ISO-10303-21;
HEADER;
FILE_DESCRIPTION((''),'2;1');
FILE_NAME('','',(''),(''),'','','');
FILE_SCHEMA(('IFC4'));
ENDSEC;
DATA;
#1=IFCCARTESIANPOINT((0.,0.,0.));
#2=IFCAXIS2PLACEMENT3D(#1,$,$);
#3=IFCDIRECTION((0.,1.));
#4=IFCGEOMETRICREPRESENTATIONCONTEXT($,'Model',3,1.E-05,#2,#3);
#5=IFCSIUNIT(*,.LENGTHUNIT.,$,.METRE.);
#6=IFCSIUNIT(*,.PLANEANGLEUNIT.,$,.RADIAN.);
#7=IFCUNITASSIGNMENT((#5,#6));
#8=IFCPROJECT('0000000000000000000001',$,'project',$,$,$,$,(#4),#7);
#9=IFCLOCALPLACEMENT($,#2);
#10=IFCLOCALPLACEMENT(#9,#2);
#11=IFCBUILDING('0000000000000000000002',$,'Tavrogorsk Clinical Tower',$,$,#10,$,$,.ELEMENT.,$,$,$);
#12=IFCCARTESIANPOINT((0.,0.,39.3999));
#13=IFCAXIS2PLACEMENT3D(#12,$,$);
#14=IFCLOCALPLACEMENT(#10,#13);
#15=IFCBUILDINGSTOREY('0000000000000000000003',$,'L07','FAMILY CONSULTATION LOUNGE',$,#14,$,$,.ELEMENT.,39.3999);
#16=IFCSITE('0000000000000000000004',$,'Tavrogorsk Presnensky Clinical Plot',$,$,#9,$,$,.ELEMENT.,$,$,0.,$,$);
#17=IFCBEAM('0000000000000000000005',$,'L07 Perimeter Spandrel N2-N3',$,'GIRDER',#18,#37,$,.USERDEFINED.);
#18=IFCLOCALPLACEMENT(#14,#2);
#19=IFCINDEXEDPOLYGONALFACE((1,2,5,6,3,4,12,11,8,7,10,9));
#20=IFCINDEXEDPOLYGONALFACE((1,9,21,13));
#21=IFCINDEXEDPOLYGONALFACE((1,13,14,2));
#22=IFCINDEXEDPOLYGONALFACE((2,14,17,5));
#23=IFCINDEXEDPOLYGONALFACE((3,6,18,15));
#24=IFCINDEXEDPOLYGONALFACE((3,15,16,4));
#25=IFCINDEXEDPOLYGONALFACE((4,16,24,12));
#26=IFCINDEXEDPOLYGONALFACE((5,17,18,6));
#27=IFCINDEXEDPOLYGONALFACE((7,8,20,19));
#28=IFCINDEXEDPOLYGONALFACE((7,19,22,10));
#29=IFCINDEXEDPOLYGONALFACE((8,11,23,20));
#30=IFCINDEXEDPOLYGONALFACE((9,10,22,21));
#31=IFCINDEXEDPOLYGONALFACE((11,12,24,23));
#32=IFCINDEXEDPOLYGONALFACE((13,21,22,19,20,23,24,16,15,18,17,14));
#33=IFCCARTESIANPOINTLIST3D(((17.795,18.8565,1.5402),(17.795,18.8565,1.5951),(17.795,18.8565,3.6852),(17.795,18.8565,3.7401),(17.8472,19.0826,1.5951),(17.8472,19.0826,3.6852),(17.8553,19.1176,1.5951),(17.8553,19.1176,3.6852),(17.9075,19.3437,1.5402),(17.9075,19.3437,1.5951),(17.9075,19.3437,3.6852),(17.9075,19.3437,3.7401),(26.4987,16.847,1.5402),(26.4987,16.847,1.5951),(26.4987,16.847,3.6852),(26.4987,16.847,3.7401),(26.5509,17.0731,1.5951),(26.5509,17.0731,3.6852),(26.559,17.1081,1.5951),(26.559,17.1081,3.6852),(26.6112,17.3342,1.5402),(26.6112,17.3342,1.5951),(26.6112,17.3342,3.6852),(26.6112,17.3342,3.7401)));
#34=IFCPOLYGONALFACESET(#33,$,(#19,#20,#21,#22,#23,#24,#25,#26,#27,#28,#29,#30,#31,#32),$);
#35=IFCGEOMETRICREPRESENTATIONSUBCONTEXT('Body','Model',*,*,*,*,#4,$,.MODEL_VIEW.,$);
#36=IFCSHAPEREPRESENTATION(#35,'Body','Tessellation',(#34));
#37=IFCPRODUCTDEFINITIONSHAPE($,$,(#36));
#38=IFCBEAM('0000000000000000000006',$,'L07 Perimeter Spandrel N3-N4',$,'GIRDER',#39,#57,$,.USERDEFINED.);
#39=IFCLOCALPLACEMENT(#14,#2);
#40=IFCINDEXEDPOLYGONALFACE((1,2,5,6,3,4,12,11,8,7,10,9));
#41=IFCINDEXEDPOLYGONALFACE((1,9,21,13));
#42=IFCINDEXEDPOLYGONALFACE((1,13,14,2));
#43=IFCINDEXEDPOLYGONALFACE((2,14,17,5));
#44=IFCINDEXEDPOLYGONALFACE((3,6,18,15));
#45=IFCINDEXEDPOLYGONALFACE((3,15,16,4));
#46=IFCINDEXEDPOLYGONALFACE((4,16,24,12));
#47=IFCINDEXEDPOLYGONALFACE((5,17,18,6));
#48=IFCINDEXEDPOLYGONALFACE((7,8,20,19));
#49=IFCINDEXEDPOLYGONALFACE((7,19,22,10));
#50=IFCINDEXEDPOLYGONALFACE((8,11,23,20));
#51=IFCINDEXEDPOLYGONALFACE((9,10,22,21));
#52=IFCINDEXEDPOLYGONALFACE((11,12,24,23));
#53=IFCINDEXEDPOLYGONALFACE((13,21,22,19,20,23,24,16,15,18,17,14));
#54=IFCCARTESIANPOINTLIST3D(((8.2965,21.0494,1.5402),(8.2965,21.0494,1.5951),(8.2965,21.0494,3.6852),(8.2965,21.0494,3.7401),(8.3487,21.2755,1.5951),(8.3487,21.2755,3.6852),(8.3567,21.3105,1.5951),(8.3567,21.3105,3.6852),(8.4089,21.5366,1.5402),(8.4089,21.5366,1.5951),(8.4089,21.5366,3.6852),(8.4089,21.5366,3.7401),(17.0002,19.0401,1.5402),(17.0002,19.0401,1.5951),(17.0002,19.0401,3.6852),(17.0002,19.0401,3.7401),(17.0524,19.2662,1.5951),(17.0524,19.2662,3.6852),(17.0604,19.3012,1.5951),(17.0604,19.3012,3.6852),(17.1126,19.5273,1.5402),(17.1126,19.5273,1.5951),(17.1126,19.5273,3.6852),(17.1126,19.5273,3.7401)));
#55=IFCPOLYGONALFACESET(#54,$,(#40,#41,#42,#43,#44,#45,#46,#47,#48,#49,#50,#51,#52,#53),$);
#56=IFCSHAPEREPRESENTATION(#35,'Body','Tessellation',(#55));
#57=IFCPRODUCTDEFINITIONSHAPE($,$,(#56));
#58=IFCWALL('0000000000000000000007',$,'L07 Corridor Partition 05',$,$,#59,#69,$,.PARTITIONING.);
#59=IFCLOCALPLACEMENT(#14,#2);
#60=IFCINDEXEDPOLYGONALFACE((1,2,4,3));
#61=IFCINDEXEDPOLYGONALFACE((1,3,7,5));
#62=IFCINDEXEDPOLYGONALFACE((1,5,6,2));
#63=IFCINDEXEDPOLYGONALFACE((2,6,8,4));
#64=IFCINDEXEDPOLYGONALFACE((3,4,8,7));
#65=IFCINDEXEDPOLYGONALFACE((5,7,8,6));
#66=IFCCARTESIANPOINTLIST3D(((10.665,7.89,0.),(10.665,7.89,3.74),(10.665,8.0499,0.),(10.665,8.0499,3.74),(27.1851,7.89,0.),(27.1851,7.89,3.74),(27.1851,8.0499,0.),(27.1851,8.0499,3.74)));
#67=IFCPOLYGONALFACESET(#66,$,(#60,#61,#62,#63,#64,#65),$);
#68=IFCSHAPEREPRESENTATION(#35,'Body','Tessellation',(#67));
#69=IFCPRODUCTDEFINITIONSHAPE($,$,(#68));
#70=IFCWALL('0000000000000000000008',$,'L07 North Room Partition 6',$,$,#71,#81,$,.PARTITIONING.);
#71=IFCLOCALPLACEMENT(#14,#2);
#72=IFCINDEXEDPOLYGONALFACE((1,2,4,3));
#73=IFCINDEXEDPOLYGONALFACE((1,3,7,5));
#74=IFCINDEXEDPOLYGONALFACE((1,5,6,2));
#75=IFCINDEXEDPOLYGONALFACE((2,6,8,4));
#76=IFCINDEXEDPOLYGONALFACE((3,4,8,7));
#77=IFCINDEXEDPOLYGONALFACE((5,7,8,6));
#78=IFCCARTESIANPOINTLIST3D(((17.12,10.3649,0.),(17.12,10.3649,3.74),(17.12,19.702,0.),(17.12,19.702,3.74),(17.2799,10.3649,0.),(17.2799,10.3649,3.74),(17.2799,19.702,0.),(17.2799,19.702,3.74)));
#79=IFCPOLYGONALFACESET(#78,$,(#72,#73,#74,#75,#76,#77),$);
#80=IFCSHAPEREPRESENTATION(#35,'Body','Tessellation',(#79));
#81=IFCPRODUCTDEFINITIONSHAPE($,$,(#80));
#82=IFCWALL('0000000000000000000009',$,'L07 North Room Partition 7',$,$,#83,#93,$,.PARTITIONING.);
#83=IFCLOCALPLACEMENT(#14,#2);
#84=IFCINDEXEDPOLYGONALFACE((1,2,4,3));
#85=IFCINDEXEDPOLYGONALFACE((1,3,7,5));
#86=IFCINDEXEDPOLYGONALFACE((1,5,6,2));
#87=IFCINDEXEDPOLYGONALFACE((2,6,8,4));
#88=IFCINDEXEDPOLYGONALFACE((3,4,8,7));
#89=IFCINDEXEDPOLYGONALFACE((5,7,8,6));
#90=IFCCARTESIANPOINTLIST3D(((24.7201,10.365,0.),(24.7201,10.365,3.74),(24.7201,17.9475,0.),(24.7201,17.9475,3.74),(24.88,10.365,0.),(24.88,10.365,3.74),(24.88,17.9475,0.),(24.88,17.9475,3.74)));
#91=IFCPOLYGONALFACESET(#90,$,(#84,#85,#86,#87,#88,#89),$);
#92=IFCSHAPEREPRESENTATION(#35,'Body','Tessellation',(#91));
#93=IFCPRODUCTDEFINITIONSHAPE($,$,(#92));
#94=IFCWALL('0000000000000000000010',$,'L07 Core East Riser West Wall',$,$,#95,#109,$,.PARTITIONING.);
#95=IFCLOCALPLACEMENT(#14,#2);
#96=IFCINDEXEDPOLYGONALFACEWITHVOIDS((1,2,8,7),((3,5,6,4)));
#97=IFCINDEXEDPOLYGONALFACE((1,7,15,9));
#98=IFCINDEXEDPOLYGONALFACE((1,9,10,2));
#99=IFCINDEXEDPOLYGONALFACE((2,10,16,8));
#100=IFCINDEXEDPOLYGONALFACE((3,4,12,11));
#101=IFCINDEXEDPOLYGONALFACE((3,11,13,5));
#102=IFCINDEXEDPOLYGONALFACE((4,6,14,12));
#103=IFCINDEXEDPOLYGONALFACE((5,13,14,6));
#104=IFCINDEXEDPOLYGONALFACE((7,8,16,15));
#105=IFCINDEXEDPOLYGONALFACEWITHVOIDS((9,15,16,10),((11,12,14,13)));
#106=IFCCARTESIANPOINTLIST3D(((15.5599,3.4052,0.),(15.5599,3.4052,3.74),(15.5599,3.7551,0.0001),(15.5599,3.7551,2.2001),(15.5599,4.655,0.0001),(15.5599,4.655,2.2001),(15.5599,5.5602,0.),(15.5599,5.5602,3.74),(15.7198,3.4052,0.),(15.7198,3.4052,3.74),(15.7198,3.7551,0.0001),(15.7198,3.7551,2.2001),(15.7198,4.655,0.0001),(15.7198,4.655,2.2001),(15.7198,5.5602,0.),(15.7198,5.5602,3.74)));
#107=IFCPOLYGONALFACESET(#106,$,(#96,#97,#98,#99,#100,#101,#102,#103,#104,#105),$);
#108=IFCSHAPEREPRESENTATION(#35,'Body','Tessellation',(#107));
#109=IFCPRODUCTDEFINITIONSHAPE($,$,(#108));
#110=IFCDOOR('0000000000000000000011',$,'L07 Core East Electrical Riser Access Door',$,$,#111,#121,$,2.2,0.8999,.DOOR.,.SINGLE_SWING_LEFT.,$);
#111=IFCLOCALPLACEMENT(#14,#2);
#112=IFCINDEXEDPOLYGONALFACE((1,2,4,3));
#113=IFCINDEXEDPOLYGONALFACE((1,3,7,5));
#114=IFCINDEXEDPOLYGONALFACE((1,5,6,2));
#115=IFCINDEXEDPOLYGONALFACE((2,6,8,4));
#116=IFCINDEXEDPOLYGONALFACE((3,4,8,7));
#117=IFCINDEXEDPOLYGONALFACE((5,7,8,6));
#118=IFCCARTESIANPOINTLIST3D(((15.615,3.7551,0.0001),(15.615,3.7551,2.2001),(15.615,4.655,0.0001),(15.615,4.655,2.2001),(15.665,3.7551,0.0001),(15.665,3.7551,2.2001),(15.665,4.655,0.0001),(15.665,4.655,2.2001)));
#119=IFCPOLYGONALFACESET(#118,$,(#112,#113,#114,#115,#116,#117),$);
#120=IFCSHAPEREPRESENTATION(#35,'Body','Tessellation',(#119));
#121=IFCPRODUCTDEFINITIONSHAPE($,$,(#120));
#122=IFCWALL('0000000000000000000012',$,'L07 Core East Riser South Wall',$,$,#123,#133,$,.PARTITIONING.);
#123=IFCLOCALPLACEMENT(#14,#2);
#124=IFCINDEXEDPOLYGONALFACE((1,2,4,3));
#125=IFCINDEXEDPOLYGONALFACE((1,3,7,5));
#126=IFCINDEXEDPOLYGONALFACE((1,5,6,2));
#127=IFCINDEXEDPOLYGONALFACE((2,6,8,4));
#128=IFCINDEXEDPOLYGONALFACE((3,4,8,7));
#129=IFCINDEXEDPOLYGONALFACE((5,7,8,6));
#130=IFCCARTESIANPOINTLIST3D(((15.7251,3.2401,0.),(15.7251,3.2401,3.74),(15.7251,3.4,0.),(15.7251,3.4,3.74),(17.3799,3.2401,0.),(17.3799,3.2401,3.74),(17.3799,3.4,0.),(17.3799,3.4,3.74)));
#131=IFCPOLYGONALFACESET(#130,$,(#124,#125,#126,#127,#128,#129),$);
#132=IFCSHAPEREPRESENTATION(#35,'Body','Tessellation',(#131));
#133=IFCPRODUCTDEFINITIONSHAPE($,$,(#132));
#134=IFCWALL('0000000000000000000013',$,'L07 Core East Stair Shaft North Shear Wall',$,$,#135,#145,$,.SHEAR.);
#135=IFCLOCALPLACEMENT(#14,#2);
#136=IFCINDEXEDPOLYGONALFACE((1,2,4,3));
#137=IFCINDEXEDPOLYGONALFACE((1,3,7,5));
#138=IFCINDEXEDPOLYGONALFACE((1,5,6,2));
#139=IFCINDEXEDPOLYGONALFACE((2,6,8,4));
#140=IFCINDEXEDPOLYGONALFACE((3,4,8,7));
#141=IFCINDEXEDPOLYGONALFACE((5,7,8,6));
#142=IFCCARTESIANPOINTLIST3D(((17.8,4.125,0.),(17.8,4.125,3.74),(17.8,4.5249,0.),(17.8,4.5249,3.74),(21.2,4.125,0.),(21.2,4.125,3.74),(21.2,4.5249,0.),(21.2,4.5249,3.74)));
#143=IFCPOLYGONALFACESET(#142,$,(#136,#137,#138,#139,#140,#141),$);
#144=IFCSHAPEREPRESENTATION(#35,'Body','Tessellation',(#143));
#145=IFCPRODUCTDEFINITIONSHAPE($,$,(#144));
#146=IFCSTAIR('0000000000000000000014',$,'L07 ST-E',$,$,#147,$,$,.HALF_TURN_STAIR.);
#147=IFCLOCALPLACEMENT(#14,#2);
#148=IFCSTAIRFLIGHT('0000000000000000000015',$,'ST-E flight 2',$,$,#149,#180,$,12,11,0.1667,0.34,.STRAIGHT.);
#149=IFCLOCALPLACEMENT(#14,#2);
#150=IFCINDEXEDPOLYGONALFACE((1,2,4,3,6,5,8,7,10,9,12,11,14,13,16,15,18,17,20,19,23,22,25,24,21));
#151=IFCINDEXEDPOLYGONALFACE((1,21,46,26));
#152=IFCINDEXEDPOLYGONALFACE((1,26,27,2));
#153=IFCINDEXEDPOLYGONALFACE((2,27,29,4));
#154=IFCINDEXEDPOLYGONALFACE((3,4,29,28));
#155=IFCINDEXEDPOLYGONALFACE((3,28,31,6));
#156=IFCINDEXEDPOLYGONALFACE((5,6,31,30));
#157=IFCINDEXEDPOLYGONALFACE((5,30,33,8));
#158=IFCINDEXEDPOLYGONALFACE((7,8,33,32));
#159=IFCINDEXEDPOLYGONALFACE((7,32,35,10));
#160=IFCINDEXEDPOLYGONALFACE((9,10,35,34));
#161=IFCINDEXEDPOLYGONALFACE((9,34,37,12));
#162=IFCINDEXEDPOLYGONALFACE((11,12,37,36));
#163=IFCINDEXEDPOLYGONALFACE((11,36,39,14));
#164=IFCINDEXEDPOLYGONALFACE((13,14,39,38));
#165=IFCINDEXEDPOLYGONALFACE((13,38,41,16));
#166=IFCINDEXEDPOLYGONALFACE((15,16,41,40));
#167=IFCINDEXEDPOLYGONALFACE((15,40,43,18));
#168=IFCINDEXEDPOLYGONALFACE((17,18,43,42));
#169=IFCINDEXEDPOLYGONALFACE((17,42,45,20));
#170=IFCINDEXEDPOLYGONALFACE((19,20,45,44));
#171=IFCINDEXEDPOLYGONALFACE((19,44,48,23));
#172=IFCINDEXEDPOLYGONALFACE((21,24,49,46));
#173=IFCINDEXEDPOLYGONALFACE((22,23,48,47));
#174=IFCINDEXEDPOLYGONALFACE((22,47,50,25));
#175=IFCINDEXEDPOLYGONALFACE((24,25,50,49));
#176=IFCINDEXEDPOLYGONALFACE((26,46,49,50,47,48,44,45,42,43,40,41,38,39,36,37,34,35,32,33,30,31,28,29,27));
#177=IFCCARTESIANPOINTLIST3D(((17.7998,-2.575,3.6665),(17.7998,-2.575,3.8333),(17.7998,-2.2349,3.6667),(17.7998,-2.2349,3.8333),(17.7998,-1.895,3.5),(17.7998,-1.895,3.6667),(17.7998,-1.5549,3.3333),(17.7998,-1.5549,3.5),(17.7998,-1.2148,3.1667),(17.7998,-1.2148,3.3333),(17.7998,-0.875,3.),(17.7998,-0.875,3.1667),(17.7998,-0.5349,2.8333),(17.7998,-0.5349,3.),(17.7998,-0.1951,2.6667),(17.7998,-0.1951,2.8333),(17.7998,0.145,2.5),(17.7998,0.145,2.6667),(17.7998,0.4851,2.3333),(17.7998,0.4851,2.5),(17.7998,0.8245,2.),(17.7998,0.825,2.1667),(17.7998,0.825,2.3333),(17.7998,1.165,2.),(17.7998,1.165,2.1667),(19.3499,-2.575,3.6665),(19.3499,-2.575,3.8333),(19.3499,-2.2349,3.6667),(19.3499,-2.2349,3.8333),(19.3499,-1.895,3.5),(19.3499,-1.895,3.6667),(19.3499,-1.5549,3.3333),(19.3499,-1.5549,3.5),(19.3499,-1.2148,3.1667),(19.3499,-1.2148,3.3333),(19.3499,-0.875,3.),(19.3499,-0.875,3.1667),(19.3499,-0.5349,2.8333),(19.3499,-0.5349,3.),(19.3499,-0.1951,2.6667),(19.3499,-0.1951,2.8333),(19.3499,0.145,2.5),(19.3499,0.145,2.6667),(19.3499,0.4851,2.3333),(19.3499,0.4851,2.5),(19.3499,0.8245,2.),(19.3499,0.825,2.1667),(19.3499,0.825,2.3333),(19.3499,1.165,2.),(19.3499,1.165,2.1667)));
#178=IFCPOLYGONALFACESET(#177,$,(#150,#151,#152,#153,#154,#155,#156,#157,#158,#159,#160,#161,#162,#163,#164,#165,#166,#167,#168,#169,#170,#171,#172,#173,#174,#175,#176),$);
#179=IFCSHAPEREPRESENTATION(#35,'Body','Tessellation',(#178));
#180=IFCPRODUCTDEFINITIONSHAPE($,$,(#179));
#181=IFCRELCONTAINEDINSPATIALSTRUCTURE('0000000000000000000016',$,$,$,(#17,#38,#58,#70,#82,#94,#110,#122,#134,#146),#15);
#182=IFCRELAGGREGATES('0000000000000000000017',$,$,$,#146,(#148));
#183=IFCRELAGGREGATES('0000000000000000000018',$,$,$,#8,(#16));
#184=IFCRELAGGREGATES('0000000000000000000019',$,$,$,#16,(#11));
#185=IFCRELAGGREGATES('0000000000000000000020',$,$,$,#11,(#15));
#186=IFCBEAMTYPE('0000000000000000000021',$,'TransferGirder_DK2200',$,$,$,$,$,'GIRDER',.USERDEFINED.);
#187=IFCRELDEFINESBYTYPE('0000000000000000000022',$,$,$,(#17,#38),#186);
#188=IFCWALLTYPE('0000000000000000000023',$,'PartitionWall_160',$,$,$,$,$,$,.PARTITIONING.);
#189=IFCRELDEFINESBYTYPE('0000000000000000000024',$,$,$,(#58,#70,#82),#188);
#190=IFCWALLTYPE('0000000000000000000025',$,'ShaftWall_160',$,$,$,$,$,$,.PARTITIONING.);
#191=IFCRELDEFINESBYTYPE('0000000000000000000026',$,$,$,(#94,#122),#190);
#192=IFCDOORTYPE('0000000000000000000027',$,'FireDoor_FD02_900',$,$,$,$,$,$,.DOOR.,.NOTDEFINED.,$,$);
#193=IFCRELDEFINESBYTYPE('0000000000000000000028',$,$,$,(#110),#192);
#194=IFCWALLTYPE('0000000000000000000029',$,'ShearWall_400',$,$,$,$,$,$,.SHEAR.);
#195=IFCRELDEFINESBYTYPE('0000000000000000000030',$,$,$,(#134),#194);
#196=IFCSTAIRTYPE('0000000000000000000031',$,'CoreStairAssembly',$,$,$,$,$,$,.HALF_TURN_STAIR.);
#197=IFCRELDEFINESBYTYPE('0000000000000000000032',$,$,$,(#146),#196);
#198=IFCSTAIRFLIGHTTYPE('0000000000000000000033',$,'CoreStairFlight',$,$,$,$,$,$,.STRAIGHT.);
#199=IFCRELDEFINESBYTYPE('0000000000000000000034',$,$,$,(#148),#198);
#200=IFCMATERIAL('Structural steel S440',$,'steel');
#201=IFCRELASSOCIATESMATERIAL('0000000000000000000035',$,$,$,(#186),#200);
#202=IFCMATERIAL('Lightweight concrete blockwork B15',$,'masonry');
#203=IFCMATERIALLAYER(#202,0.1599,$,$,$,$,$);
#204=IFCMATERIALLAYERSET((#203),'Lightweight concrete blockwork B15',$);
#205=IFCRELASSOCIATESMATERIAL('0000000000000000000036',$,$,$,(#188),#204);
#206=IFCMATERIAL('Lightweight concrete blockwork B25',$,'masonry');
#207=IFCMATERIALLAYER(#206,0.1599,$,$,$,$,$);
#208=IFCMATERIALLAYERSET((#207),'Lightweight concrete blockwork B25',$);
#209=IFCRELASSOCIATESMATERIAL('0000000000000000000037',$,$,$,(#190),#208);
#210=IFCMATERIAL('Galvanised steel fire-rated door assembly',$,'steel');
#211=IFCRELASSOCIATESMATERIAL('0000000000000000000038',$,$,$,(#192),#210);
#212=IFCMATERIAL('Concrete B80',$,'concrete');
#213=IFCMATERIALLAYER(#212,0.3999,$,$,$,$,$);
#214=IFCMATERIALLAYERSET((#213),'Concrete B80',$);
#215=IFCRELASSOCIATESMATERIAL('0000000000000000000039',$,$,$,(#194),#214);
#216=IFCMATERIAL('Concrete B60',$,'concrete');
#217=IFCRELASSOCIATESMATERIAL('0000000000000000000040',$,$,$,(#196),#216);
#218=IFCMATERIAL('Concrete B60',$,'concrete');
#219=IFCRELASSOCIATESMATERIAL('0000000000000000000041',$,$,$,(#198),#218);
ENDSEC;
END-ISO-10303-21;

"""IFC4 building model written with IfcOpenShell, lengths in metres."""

from ifc_helpers import new_model, si_unit, direction, frame, frame_2d, origin, origin_2d, place, context, subcontext, project, spatial, polyline, rectangle, i_section, outline, extrude, material, layer, layer_set, material_profile, profile_set, type_object, element, fill, aggregate, save


model = new_model("IFC4")

# Units and contexts
model_context = context("Model", 3, precision=1e-05, world=origin(), true_north=direction((0.0, 1.0)))
body_context = subcontext(model_context, "Body", "Model", "MODEL_VIEW")
ifc_project = project(units=[si_unit("LENGTHUNIT", "METRE"), si_unit("PLANEANGLEUNIT", "RADIAN")], contexts=[model_context])

# Site, building, storey
site_placement = place(None, origin())
site = spatial("IfcSite", under=ifc_project, at=site_placement, Name="Tavrogorsk Presnensky Clinical Plot", CompositionType="ELEMENT", RefElevation=0.0)
building_placement = place(site_placement, origin())
building = spatial("IfcBuilding", under=site, at=building_placement, Name="Tavrogorsk Clinical Tower", CompositionType="ELEMENT")
storey_placement = place(building_placement, frame((0.0, 0.0, 39.3999)))
storey = spatial("IfcBuildingStorey", under=building, at=storey_placement, Name="L07", Description="FAMILY CONSULTATION LOUNGE", CompositionType="ELEMENT", Elevation=39.3999)

# Beams
ifc_material_1 = material(Name="Structural steel S440", Category="steel")
ifc_material_profile_1 = material_profile(ifc_material_1, i_section(OverallWidth=0.5, OverallDepth=2.2, WebThickness=0.0359, FlangeThickness=0.0549, at=origin_2d()), Name="DK-2200x500x36x55")
ifc_profile_set_1 = profile_set([ifc_material_profile_1], Name="Structural steel S440")
beam_type_1 = type_object("IfcBeamType", Name="TransferGirder_DK2200", ElementType="GIRDER", PredefinedType="USERDEFINED", material=ifc_profile_set_1)
for number, where, z_axis, x_axis, name in (
    (1, (26.5549, 17.0906, 2.6401), (-0.974367, 0.224965, 0.0), (-0.224965, -0.974367, 0.0), "L07 Perimeter Spandrel N2-N3"),
    (2, (17.0564, 19.2837, 2.6401), (-0.974373, 0.224939, 0.0), (-0.224939, -0.974373, 0.0), "L07 Perimeter Spandrel N3-N4"),
):
    element("IfcBeam", number, at=place(storey_placement, frame(where, z_axis=z_axis, x_axis=x_axis)), inside=storey, type_object=beam_type_1, Name=name, ObjectType="GIRDER", PredefinedType="USERDEFINED", context=body_context, shape_type="SweptSolid", body=[
        extrude(i_section(OverallWidth=0.5, OverallDepth=2.2, WebThickness=0.0359, FlangeThickness=0.0549, at=origin_2d()), origin(), (0.0, 0.0, 1.0), 8.9326),
    ])

# Walls
ifc_material_2 = material(Name="Lightweight concrete blockwork B15", Category="masonry")
ifc_layer_1 = layer(ifc_material_2, 0.1599)
ifc_layer_set_1 = layer_set([ifc_layer_1], Name="Lightweight concrete blockwork B15")
wall_type_1 = type_object("IfcWallType", Name="PartitionWall_160", PredefinedType="PARTITIONING", material=ifc_layer_set_1)
wall_1_placement = place(storey_placement, frame((27.1851, 7.97, 0.0), z_axis=(0.0, 0.0, 1.0), x_axis=(-1.0, 0.0, 0.0)))
element("IfcWall", 3, at=wall_1_placement, inside=storey, type_object=wall_type_1, Name="L07 Corridor Partition 05", PredefinedType="PARTITIONING", context=body_context, shape_type="SweptSolid", body=[
    extrude(rectangle(XDim=16.52, YDim=0.1599, at=frame_2d((8.26, 0.0))), origin(), (0.0, 0.0, 1.0), 3.74),
])
wall_2_placement = place(storey_placement, frame((17.2, 10.365, 0.0), z_axis=(0.0, 0.0, 1.0), x_axis=(0.0, 1.0, 0.0)))
element("IfcWall", 4, at=wall_2_placement, inside=storey, type_object=wall_type_1, Name="L07 North Room Partition 6", PredefinedType="PARTITIONING", context=body_context, shape_type="SweptSolid", body=[
    extrude(rectangle(XDim=9.3372, YDim=0.1599, at=frame_2d((4.6685, 0.0))), origin(), (0.0, 0.0, 1.0), 3.74),
])
wall_3_placement = place(storey_placement, frame((24.8, 10.365, 0.0), z_axis=(0.0, 0.0, 1.0), x_axis=(0.0, 1.0, 0.0)))
element("IfcWall", 5, at=wall_3_placement, inside=storey, type_object=wall_type_1, Name="L07 North Room Partition 7", PredefinedType="PARTITIONING", context=body_context, shape_type="SweptSolid", body=[
    extrude(rectangle(XDim=7.5825, YDim=0.1599, at=frame_2d((3.7913, 0.0))), origin(), (0.0, 0.0, 1.0), 3.74),
])

# Wall, opening, door
ifc_material_3 = material(Name="Lightweight concrete blockwork B25", Category="masonry")
ifc_layer_2 = layer(ifc_material_3, 0.1599)
ifc_layer_set_2 = layer_set([ifc_layer_2], Name="Lightweight concrete blockwork B25")
wall_type_2 = type_object("IfcWallType", Name="ShaftWall_160", PredefinedType="PARTITIONING", material=ifc_layer_set_2)
wall_4_placement = place(storey_placement, frame((15.6399, 3.405, 0.0), z_axis=(0.0, 0.0, 1.0), x_axis=(0.0, 1.0, 0.0)))
wall_4 = element("IfcWall", 6, at=wall_4_placement, inside=storey, type_object=wall_type_2, Name="L07 Core East Riser West Wall", PredefinedType="PARTITIONING", context=body_context, shape_type="SweptSolid", body=[
    extrude(rectangle(XDim=2.155, YDim=0.1599, at=frame_2d((1.0776, 0.0))), origin(), (0.0, 0.0, 1.0), 3.74),
])
opening_placement = place(wall_4_placement, frame((0.3501, 0.0, 0.0)))
opening = element("IfcOpeningElement", 7, at=opening_placement, cuts=wall_4, PredefinedType="OPENING", context=body_context, shape_type="SweptSolid", body=[
    extrude(rectangle(XDim=0.8999, YDim=2.2, at=frame_2d((0.45, 1.1001))), frame((0.0, 0.0898, 0.0), z_axis=(0.0, -1.0, 0.0), x_axis=(1.0, 0.0, 0.0)), (0.0, 0.0, 1.0), 0.1799),
])
ifc_material_4 = material(Name="Galvanised steel fire-rated door assembly", Category="steel")
door_type = type_object("IfcDoorType", Name="FireDoor_FD02_900", OperationType="NOTDEFINED", PredefinedType="DOOR", material=ifc_material_4)
door_placement = place(opening_placement, origin())
door = element("IfcDoor", 8, at=door_placement, inside=storey, type_object=door_type, Name="L07 Core East Electrical Riser Access Door", OperationType="SINGLE_SWING_LEFT", OverallHeight=2.2, OverallWidth=0.8999, PredefinedType="DOOR", context=body_context, shape_type="SweptSolid", body=[
    extrude(rectangle(XDim=0.8999, YDim=2.2, at=frame_2d((0.45, 1.1001))), frame((0.0, 0.0249, 0.0), z_axis=(0.0, -1.0, 0.0), x_axis=(1.0, 0.0, 0.0)), (0.0, 0.0, 1.0), 0.05),
])
fill(opening, door)

# Walls
wall_5_placement = place(storey_placement, frame((15.7251, 3.3201, 0.0), z_axis=(0.0, 0.0, 1.0), x_axis=(1.0, 0.0, 0.0)))
element("IfcWall", 9, at=wall_5_placement, inside=storey, type_object=wall_type_2, Name="L07 Core East Riser South Wall", PredefinedType="PARTITIONING", context=body_context, shape_type="SweptSolid", body=[
    extrude(rectangle(XDim=1.6548, YDim=0.1599, at=frame_2d((0.8274, 0.0))), origin(), (0.0, 0.0, 1.0), 3.74),
])
ifc_material_5 = material(Name="Concrete B80", Category="concrete")
ifc_layer_3 = layer(ifc_material_5, 0.3999)
ifc_layer_set_3 = layer_set([ifc_layer_3], Name="Concrete B80")
wall_type_3 = type_object("IfcWallType", Name="ShearWall_400", PredefinedType="SHEAR", material=ifc_layer_set_3)
wall_6_placement = place(storey_placement, frame((17.8, 4.325, 0.0), z_axis=(0.0, 0.0, 1.0), x_axis=(1.0, 0.0, 0.0)))
element("IfcWall", 10, at=wall_6_placement, inside=storey, type_object=wall_type_3, Name="L07 Core East Stair Shaft North Shear Wall", PredefinedType="SHEAR", context=body_context, shape_type="SweptSolid", body=[
    extrude(rectangle(XDim=3.3999, YDim=0.3999, at=frame_2d((1.7, 0.0))), origin(), (0.0, 0.0, 1.0), 3.74),
])

# Stair, stair flight
ifc_material_6 = material(Name="Concrete B60", Category="concrete")
stair_type = type_object("IfcStairType", Name="CoreStairAssembly", PredefinedType="HALF_TURN_STAIR", material=ifc_material_6)
stair_placement = place(storey_placement, origin())
stair = element("IfcStair", 11, at=stair_placement, inside=storey, type_object=stair_type, Name="L07 ST-E", PredefinedType="HALF_TURN_STAIR")
ifc_material_7 = material(Name="Concrete B60", Category="concrete")
stair_flight_type = type_object("IfcStairFlightType", Name="CoreStairFlight", PredefinedType="STRAIGHT", material=ifc_material_7)
stair_flight_placement = place(storey_placement, frame((18.575, 1.165, 2.0), z_axis=(0.0, 0.0, 1.0), x_axis=(0.0, -1.0, 0.0)))
stair_flight = element("IfcStairFlight", 12, at=stair_flight_placement, type_object=stair_flight_type, Name="ST-E flight 2", NumberOfRisers=12, NumberOfTreads=11, PredefinedType="STRAIGHT", RiserHeight=0.1667, TreadLength=0.34, context=body_context, shape_type="SweptSolid", body=[
    extrude(outline(polyline([(0.0, 0.0), (0.0, 0.1667), (0.3401, 0.1667), (0.3401, 0.3333), (0.6799, 0.3333), (0.6799, 0.5), (1.02, 0.5), (1.02, 0.6667), (1.3601, 0.6667), (1.3601, 0.8333), (1.7, 0.8333), (1.7, 1.0), (2.04, 1.0), (2.04, 1.1667), (2.3799, 1.1667), (2.3799, 1.3333), (2.72, 1.3333), (2.72, 1.5), (3.0601, 1.5), (3.0601, 1.6667), (3.3999, 1.6667), (3.3999, 1.8333), (3.74, 1.8333), (3.74, 2.0), (3.74, 1.6665), (0.3406, 0.0), (0.0, 0.0)])), frame((0.0, 0.7749, 0.0), z_axis=(0.0, -1.0, 0.0), x_axis=(1.0, 0.0, 0.0)), (0.0, 0.0, 1.0), 1.55),
])
aggregate(stair, [stair_flight])

save(model, "model.ifc")
